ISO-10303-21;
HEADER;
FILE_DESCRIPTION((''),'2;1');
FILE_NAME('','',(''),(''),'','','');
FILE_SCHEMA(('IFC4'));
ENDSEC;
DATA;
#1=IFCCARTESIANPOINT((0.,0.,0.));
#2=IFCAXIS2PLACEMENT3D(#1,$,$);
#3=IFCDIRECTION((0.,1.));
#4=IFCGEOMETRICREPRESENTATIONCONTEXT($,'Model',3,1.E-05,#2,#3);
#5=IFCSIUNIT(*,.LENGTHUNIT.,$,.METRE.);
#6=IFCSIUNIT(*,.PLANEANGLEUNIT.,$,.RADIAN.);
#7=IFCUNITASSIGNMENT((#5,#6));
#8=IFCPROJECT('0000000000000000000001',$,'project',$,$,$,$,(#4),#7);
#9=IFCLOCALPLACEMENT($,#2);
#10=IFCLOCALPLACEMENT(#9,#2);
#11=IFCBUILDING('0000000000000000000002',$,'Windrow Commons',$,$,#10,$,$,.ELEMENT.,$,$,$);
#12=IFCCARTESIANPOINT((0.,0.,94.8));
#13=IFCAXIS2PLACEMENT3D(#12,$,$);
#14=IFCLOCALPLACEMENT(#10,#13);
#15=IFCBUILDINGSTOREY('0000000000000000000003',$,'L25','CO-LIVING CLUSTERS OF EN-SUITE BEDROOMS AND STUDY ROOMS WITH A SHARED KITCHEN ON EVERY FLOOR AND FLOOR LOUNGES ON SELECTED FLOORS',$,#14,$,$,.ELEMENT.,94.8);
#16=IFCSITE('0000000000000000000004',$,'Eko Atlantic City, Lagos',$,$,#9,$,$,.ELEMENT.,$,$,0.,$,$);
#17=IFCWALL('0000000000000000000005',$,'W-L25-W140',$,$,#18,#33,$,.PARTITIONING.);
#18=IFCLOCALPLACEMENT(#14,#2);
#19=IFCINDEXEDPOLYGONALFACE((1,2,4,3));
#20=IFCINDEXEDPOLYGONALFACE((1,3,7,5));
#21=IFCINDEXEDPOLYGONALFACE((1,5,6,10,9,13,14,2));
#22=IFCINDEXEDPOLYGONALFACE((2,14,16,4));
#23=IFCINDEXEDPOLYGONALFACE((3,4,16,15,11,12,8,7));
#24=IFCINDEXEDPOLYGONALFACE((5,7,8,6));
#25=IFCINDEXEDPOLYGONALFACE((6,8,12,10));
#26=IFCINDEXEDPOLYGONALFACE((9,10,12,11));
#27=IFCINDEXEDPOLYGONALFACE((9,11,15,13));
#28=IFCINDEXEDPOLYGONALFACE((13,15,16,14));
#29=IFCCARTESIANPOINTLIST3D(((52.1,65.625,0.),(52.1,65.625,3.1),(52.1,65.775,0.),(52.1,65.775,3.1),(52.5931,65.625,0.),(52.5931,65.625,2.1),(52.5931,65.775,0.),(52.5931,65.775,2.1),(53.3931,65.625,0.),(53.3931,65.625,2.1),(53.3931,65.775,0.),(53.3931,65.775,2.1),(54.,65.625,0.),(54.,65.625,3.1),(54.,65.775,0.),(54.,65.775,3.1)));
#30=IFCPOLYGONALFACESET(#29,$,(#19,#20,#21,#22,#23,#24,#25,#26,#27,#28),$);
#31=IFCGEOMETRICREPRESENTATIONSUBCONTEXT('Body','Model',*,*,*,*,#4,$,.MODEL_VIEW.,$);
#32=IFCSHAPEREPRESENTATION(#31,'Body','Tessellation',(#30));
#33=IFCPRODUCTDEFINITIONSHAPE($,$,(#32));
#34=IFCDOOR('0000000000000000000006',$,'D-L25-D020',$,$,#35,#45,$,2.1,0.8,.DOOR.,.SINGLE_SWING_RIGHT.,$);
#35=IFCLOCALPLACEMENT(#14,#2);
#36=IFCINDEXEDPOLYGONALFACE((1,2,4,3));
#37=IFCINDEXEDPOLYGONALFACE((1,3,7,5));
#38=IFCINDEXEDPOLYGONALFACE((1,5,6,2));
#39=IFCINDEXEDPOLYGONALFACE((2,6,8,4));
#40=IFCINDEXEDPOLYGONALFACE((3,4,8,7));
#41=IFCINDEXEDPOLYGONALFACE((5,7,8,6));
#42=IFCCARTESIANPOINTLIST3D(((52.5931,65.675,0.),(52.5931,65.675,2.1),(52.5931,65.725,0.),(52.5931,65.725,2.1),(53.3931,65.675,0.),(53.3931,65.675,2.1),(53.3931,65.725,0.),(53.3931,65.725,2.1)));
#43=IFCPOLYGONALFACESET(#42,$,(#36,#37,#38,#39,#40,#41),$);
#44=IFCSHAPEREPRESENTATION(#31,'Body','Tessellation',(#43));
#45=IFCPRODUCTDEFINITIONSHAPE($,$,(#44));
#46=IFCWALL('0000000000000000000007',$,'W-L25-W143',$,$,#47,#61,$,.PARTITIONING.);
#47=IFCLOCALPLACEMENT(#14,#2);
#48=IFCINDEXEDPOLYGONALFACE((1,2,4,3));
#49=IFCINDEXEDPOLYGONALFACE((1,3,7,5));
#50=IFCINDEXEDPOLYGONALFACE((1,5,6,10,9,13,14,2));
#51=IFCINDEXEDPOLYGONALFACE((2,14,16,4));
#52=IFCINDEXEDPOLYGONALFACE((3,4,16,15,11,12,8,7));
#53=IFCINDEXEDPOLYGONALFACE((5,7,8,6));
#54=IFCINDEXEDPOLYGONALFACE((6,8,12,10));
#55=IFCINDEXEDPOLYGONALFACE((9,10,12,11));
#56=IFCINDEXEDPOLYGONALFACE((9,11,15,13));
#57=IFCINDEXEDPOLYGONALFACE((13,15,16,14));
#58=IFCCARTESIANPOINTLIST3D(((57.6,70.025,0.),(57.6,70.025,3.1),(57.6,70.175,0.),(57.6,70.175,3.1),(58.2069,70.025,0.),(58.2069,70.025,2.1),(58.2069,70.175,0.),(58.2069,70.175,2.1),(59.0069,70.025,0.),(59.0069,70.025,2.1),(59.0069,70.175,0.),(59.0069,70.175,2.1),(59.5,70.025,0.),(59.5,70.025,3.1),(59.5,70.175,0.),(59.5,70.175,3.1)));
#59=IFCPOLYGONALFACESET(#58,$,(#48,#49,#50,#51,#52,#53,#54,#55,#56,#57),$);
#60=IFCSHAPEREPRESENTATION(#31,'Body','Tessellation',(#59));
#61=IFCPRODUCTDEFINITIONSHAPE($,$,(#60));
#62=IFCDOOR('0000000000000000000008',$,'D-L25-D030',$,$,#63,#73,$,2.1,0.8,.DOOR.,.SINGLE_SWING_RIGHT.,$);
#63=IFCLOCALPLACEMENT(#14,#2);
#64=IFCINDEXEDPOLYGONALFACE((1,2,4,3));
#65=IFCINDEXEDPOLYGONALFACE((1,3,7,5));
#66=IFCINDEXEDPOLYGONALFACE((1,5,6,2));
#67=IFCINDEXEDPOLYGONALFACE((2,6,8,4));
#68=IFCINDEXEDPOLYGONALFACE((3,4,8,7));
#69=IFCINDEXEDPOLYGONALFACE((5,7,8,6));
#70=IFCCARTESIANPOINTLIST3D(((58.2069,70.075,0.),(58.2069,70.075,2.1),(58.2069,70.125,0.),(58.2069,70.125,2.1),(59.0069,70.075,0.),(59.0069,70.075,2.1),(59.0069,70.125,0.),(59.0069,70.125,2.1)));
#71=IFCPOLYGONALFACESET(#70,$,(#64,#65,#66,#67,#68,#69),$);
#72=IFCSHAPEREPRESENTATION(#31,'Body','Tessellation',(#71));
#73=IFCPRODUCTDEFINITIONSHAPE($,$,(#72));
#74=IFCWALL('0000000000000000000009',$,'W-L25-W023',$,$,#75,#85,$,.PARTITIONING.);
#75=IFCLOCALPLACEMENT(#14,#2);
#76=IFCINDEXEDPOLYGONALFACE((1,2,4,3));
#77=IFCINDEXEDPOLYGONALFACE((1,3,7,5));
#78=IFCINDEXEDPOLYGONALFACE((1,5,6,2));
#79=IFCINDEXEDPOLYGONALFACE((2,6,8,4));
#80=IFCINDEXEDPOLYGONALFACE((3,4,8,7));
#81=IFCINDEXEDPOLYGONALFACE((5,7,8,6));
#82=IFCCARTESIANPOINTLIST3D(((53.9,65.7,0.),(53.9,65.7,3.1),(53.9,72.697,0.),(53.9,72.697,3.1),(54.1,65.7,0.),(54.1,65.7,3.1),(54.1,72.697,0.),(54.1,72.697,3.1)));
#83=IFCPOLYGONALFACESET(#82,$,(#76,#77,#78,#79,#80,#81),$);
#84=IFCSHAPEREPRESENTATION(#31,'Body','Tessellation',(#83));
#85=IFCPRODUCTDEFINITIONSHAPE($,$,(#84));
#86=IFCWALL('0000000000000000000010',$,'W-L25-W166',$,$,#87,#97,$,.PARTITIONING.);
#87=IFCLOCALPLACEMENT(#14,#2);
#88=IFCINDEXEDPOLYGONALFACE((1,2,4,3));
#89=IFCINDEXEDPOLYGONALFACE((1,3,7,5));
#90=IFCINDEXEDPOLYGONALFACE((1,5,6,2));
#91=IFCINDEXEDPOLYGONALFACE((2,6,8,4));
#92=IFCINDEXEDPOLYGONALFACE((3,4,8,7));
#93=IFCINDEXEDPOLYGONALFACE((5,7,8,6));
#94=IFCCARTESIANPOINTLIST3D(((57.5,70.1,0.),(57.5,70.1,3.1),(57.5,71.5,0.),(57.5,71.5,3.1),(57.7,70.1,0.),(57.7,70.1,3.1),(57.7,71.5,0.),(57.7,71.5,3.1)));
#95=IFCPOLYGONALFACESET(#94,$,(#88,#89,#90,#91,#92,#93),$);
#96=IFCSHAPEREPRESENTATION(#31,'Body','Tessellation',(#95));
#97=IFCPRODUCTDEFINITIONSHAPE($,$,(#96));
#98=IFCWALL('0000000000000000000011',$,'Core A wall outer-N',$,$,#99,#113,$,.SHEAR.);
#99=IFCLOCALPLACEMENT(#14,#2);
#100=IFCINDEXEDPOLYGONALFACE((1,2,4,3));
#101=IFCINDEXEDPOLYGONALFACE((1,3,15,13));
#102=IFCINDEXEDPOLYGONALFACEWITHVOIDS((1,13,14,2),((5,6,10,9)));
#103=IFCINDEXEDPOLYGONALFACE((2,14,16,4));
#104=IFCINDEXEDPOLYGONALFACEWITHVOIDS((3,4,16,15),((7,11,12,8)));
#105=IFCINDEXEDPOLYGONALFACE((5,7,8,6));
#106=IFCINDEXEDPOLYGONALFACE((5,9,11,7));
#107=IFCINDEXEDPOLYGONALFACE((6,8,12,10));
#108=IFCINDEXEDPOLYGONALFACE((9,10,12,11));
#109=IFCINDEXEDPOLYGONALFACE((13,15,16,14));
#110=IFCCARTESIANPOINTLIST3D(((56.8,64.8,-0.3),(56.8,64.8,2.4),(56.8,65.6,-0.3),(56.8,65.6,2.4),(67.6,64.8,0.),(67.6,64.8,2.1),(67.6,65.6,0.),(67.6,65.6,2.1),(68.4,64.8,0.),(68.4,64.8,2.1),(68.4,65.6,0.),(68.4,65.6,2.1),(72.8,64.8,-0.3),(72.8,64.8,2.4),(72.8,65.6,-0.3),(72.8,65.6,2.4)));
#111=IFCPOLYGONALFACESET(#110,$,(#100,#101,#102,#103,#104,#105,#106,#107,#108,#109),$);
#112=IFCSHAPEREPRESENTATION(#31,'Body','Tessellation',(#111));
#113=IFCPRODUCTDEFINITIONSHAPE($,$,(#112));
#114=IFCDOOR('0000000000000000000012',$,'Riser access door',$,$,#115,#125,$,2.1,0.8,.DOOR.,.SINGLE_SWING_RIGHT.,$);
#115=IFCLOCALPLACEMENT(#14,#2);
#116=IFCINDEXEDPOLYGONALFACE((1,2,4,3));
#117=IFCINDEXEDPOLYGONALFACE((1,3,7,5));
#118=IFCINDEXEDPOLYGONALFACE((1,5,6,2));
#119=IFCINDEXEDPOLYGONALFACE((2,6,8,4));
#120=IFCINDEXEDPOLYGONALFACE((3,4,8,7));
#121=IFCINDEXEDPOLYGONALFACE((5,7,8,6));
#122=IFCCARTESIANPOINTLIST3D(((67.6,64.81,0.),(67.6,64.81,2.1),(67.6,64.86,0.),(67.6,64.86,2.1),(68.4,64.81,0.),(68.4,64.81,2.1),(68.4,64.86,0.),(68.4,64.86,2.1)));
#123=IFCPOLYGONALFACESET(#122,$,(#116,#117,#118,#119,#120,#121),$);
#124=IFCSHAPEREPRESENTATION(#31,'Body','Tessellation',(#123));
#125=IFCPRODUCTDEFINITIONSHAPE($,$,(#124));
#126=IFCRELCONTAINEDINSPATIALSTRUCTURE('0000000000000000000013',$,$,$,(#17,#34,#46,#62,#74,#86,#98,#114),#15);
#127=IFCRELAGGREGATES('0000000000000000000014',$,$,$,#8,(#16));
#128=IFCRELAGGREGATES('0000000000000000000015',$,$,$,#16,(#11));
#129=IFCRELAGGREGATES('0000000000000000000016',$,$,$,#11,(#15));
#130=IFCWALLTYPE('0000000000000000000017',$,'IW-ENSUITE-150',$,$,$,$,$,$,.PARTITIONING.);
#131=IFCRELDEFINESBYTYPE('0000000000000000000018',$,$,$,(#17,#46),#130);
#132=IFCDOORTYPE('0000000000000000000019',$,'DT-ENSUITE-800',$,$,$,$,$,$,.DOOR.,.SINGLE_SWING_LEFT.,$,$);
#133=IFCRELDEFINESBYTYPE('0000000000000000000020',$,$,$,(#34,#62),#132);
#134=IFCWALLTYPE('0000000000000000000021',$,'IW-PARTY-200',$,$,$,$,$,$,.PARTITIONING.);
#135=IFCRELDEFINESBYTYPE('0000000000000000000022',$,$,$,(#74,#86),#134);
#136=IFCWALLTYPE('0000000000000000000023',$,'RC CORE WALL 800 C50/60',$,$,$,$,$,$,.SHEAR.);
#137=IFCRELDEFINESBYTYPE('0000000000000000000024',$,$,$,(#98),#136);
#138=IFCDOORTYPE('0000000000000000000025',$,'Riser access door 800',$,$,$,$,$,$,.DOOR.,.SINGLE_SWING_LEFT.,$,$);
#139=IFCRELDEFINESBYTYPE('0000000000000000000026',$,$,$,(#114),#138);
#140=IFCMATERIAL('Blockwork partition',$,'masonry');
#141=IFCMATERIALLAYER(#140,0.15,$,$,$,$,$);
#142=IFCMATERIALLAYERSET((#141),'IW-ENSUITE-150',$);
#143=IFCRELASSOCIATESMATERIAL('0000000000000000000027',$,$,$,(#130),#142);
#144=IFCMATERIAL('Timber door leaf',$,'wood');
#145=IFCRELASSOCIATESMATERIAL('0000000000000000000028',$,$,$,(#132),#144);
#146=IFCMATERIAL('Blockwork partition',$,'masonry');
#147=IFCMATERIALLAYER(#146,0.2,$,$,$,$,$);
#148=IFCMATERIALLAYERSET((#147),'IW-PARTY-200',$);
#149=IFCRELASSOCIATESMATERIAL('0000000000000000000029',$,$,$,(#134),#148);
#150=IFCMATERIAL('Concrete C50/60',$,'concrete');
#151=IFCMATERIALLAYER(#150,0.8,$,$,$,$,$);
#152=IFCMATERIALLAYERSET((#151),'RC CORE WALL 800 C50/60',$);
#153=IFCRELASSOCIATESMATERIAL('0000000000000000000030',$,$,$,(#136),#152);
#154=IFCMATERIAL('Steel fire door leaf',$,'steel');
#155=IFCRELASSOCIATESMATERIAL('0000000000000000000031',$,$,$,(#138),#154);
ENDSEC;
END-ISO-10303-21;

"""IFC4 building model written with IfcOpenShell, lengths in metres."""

from ifc_helpers import new_model, si_unit, direction, frame, frame_2d, origin, place, context, subcontext, project, spatial, rectangle, extrude, material, layer, layer_set, type_object, element, fill, save


model = new_model("IFC4")

# Units and contexts
model_context = context("Model", 3, precision=1e-05, world=origin(), true_north=direction((0.0, 1.0)))
body_context = subcontext(model_context, "Body", "Model", "MODEL_VIEW")
ifc_project = project(units=[si_unit("LENGTHUNIT", "METRE"), si_unit("PLANEANGLEUNIT", "RADIAN")], contexts=[model_context])

# Site, building, storey
site_placement = place(None, origin())
site = spatial("IfcSite", under=ifc_project, at=site_placement, Name="Eko Atlantic City, Lagos", CompositionType="ELEMENT", RefElevation=0.0)
building_placement = place(site_placement, origin())
building = spatial("IfcBuilding", under=site, at=building_placement, Name="Windrow Commons", CompositionType="ELEMENT")
storey_placement = place(building_placement, frame((0.0, 0.0, 94.8)))
storey = spatial("IfcBuildingStorey", under=building, at=storey_placement, Name="L25", Description="CO-LIVING CLUSTERS OF EN-SUITE BEDROOMS AND STUDY ROOMS WITH A SHARED KITCHEN ON EVERY FLOOR AND FLOOR LOUNGES ON SELECTED FLOORS", CompositionType="ELEMENT", Elevation=94.8)

# Shared definitions
ifc_material_1 = material(Name="Blockwork partition", Category="masonry")
ifc_layer_1 = layer(ifc_material_1, 0.15)
ifc_layer_set_1 = layer_set([ifc_layer_1], Name="IW-ENSUITE-150")
wall_type_1 = type_object("IfcWallType", Name="IW-ENSUITE-150", PredefinedType="PARTITIONING", material=ifc_layer_set_1)

# Walls, openings, doors
wall_1_placement = place(storey_placement, frame((52.1, 65.7, 0.0), z_axis=(0.0, 0.0, 1.0), x_axis=(1.0, 0.0, 0.0)))
wall_1 = element("IfcWall", 1, at=wall_1_placement, inside=storey, type_object=wall_type_1, Name="W-L25-W140", PredefinedType="PARTITIONING", context=body_context, shape_type="SweptSolid", body=[
    extrude(rectangle(XDim=1.9, YDim=0.15, at=frame_2d((0.95, 0.0))), origin(), (0.0, 0.0, 1.0), 3.1),
])
opening_1_placement = place(wall_1_placement, frame((0.4931, 0.0, 0.0)))
opening_1 = element("IfcOpeningElement", 2, at=opening_1_placement, cuts=wall_1, PredefinedType="OPENING", context=body_context, shape_type="SweptSolid", body=[
    extrude(rectangle(XDim=0.8, YDim=2.1, at=frame_2d((0.4, 1.05))), frame((0.0, 0.085, 0.0), z_axis=(0.0, -1.0, 0.0), x_axis=(1.0, 0.0, 0.0)), (0.0, 0.0, 1.0), 0.17),
])
ifc_material_2 = material(Name="Timber door leaf", Category="wood")
door_type_1 = type_object("IfcDoorType", Name="DT-ENSUITE-800", OperationType="SINGLE_SWING_LEFT", PredefinedType="DOOR", material=ifc_material_2)
door_1_placement = place(opening_1_placement, origin())
door_1 = element("IfcDoor", 3, at=door_1_placement, inside=storey, type_object=door_type_1, Name="D-L25-D020", OperationType="SINGLE_SWING_RIGHT", OverallHeight=2.1, OverallWidth=0.8, PredefinedType="DOOR", context=body_context, shape_type="SweptSolid", body=[
    extrude(rectangle(XDim=0.8, YDim=2.1, at=frame_2d((0.4, 1.05))), frame((0.0, 0.025, 0.0), z_axis=(0.0, -1.0, 0.0), x_axis=(1.0, 0.0, 0.0)), (0.0, 0.0, 1.0), 0.05),
])
fill(opening_1, door_1)
wall_2_placement = place(storey_placement, frame((57.6, 70.1, 0.0), z_axis=(0.0, 0.0, 1.0), x_axis=(1.0, 0.0, 0.0)))
wall_2 = element("IfcWall", 4, at=wall_2_placement, inside=storey, type_object=wall_type_1, Name="W-L25-W143", PredefinedType="PARTITIONING", context=body_context, shape_type="SweptSolid", body=[
    extrude(rectangle(XDim=1.9, YDim=0.15, at=frame_2d((0.95, 0.0))), origin(), (0.0, 0.0, 1.0), 3.1),
])
opening_2_placement = place(wall_2_placement, frame((0.6069, 0.0, 0.0)))
opening_2 = element("IfcOpeningElement", 5, at=opening_2_placement, cuts=wall_2, PredefinedType="OPENING", context=body_context, shape_type="SweptSolid", body=[
    extrude(rectangle(XDim=0.8, YDim=2.1, at=frame_2d((0.4, 1.05))), frame((0.0, 0.085, 0.0), z_axis=(0.0, -1.0, 0.0), x_axis=(1.0, 0.0, 0.0)), (0.0, 0.0, 1.0), 0.17),
])
door_2_placement = place(opening_2_placement, origin())
door_2 = element("IfcDoor", 6, at=door_2_placement, inside=storey, type_object=door_type_1, Name="D-L25-D030", OperationType="SINGLE_SWING_RIGHT", OverallHeight=2.1, OverallWidth=0.8, PredefinedType="DOOR", context=body_context, shape_type="SweptSolid", body=[
    extrude(rectangle(XDim=0.8, YDim=2.1, at=frame_2d((0.4, 1.05))), frame((0.0, 0.025, 0.0), z_axis=(0.0, -1.0, 0.0), x_axis=(1.0, 0.0, 0.0)), (0.0, 0.0, 1.0), 0.05),
])
fill(opening_2, door_2)

# Walls
ifc_material_3 = material(Name="Blockwork partition", Category="masonry")
ifc_layer_2 = layer(ifc_material_3, 0.2)
ifc_layer_set_2 = layer_set([ifc_layer_2], Name="IW-PARTY-200")
wall_type_2 = type_object("IfcWallType", Name="IW-PARTY-200", PredefinedType="PARTITIONING", material=ifc_layer_set_2)
wall_3_placement = place(storey_placement, frame((54.0, 65.7, 0.0), z_axis=(0.0, 0.0, 1.0), x_axis=(0.0, 1.0, 0.0)))
element("IfcWall", 7, at=wall_3_placement, inside=storey, type_object=wall_type_2, Name="W-L25-W023", PredefinedType="PARTITIONING", context=body_context, shape_type="SweptSolid", body=[
    extrude(rectangle(XDim=6.997, YDim=0.2, at=frame_2d((3.4985, 0.0))), origin(), (0.0, 0.0, 1.0), 3.1),
])
wall_4_placement = place(storey_placement, frame((57.6, 70.1, 0.0), z_axis=(0.0, 0.0, 1.0), x_axis=(0.0, 1.0, 0.0)))
element("IfcWall", 8, at=wall_4_placement, inside=storey, type_object=wall_type_2, Name="W-L25-W166", PredefinedType="PARTITIONING", context=body_context, shape_type="SweptSolid", body=[
    extrude(rectangle(XDim=1.4, YDim=0.2, at=frame_2d((0.7, 0.0))), origin(), (0.0, 0.0, 1.0), 3.1),
])

# Wall, opening, door
ifc_material_4 = material(Name="Concrete C50/60", Category="concrete")
ifc_layer_3 = layer(ifc_material_4, 0.8)
ifc_layer_set_3 = layer_set([ifc_layer_3], Name="RC CORE WALL 800 C50/60")
wall_type_3 = type_object("IfcWallType", Name="RC CORE WALL 800 C50/60", PredefinedType="SHEAR", material=ifc_layer_set_3)
wall_5_placement = place(storey_placement, frame((56.8, 65.2, -0.3), z_axis=(0.0, 0.0, 1.0), x_axis=(1.0, 0.0, 0.0)))
wall_5 = element("IfcWall", 9, at=wall_5_placement, inside=storey, type_object=wall_type_3, Name="Core A wall outer-N", PredefinedType="SHEAR", context=body_context, shape_type="SweptSolid", body=[
    extrude(rectangle(XDim=16.0, YDim=0.8, at=frame_2d((8.0, 0.0))), origin(), (0.0, 0.0, 1.0), 2.7),
])
opening_3_placement = place(wall_5_placement, frame((10.8, 0.0, 0.3)))
opening_3 = element("IfcOpeningElement", 10, at=opening_3_placement, cuts=wall_5, PredefinedType="OPENING", context=body_context, shape_type="SweptSolid", body=[
    extrude(rectangle(XDim=0.8, YDim=2.1, at=frame_2d((0.4, 1.05))), frame((0.0, 0.41, 0.0), z_axis=(0.0, -1.0, 0.0), x_axis=(1.0, 0.0, 0.0)), (0.0, 0.0, 1.0), 0.82),
])
ifc_material_5 = material(Name="Steel fire door leaf", Category="steel")
door_type_2 = type_object("IfcDoorType", Name="Riser access door 800", OperationType="SINGLE_SWING_LEFT", PredefinedType="DOOR", material=ifc_material_5)
door_3_placement = place(opening_3_placement, origin())
door_3 = element("IfcDoor", 11, at=door_3_placement, inside=storey, type_object=door_type_2, Name="Riser access door", OperationType="SINGLE_SWING_RIGHT", OverallHeight=2.1, OverallWidth=0.8, PredefinedType="DOOR", context=body_context, shape_type="SweptSolid", body=[
    extrude(rectangle(XDim=0.8, YDim=2.1, at=frame_2d((0.4, 1.05))), frame((0.0, -0.34, 0.0), z_axis=(0.0, -1.0, 0.0), x_axis=(1.0, 0.0, 0.0)), (0.0, 0.0, 1.0), 0.05),
])
fill(opening_3, door_3)

save(model, "model.ifc")
